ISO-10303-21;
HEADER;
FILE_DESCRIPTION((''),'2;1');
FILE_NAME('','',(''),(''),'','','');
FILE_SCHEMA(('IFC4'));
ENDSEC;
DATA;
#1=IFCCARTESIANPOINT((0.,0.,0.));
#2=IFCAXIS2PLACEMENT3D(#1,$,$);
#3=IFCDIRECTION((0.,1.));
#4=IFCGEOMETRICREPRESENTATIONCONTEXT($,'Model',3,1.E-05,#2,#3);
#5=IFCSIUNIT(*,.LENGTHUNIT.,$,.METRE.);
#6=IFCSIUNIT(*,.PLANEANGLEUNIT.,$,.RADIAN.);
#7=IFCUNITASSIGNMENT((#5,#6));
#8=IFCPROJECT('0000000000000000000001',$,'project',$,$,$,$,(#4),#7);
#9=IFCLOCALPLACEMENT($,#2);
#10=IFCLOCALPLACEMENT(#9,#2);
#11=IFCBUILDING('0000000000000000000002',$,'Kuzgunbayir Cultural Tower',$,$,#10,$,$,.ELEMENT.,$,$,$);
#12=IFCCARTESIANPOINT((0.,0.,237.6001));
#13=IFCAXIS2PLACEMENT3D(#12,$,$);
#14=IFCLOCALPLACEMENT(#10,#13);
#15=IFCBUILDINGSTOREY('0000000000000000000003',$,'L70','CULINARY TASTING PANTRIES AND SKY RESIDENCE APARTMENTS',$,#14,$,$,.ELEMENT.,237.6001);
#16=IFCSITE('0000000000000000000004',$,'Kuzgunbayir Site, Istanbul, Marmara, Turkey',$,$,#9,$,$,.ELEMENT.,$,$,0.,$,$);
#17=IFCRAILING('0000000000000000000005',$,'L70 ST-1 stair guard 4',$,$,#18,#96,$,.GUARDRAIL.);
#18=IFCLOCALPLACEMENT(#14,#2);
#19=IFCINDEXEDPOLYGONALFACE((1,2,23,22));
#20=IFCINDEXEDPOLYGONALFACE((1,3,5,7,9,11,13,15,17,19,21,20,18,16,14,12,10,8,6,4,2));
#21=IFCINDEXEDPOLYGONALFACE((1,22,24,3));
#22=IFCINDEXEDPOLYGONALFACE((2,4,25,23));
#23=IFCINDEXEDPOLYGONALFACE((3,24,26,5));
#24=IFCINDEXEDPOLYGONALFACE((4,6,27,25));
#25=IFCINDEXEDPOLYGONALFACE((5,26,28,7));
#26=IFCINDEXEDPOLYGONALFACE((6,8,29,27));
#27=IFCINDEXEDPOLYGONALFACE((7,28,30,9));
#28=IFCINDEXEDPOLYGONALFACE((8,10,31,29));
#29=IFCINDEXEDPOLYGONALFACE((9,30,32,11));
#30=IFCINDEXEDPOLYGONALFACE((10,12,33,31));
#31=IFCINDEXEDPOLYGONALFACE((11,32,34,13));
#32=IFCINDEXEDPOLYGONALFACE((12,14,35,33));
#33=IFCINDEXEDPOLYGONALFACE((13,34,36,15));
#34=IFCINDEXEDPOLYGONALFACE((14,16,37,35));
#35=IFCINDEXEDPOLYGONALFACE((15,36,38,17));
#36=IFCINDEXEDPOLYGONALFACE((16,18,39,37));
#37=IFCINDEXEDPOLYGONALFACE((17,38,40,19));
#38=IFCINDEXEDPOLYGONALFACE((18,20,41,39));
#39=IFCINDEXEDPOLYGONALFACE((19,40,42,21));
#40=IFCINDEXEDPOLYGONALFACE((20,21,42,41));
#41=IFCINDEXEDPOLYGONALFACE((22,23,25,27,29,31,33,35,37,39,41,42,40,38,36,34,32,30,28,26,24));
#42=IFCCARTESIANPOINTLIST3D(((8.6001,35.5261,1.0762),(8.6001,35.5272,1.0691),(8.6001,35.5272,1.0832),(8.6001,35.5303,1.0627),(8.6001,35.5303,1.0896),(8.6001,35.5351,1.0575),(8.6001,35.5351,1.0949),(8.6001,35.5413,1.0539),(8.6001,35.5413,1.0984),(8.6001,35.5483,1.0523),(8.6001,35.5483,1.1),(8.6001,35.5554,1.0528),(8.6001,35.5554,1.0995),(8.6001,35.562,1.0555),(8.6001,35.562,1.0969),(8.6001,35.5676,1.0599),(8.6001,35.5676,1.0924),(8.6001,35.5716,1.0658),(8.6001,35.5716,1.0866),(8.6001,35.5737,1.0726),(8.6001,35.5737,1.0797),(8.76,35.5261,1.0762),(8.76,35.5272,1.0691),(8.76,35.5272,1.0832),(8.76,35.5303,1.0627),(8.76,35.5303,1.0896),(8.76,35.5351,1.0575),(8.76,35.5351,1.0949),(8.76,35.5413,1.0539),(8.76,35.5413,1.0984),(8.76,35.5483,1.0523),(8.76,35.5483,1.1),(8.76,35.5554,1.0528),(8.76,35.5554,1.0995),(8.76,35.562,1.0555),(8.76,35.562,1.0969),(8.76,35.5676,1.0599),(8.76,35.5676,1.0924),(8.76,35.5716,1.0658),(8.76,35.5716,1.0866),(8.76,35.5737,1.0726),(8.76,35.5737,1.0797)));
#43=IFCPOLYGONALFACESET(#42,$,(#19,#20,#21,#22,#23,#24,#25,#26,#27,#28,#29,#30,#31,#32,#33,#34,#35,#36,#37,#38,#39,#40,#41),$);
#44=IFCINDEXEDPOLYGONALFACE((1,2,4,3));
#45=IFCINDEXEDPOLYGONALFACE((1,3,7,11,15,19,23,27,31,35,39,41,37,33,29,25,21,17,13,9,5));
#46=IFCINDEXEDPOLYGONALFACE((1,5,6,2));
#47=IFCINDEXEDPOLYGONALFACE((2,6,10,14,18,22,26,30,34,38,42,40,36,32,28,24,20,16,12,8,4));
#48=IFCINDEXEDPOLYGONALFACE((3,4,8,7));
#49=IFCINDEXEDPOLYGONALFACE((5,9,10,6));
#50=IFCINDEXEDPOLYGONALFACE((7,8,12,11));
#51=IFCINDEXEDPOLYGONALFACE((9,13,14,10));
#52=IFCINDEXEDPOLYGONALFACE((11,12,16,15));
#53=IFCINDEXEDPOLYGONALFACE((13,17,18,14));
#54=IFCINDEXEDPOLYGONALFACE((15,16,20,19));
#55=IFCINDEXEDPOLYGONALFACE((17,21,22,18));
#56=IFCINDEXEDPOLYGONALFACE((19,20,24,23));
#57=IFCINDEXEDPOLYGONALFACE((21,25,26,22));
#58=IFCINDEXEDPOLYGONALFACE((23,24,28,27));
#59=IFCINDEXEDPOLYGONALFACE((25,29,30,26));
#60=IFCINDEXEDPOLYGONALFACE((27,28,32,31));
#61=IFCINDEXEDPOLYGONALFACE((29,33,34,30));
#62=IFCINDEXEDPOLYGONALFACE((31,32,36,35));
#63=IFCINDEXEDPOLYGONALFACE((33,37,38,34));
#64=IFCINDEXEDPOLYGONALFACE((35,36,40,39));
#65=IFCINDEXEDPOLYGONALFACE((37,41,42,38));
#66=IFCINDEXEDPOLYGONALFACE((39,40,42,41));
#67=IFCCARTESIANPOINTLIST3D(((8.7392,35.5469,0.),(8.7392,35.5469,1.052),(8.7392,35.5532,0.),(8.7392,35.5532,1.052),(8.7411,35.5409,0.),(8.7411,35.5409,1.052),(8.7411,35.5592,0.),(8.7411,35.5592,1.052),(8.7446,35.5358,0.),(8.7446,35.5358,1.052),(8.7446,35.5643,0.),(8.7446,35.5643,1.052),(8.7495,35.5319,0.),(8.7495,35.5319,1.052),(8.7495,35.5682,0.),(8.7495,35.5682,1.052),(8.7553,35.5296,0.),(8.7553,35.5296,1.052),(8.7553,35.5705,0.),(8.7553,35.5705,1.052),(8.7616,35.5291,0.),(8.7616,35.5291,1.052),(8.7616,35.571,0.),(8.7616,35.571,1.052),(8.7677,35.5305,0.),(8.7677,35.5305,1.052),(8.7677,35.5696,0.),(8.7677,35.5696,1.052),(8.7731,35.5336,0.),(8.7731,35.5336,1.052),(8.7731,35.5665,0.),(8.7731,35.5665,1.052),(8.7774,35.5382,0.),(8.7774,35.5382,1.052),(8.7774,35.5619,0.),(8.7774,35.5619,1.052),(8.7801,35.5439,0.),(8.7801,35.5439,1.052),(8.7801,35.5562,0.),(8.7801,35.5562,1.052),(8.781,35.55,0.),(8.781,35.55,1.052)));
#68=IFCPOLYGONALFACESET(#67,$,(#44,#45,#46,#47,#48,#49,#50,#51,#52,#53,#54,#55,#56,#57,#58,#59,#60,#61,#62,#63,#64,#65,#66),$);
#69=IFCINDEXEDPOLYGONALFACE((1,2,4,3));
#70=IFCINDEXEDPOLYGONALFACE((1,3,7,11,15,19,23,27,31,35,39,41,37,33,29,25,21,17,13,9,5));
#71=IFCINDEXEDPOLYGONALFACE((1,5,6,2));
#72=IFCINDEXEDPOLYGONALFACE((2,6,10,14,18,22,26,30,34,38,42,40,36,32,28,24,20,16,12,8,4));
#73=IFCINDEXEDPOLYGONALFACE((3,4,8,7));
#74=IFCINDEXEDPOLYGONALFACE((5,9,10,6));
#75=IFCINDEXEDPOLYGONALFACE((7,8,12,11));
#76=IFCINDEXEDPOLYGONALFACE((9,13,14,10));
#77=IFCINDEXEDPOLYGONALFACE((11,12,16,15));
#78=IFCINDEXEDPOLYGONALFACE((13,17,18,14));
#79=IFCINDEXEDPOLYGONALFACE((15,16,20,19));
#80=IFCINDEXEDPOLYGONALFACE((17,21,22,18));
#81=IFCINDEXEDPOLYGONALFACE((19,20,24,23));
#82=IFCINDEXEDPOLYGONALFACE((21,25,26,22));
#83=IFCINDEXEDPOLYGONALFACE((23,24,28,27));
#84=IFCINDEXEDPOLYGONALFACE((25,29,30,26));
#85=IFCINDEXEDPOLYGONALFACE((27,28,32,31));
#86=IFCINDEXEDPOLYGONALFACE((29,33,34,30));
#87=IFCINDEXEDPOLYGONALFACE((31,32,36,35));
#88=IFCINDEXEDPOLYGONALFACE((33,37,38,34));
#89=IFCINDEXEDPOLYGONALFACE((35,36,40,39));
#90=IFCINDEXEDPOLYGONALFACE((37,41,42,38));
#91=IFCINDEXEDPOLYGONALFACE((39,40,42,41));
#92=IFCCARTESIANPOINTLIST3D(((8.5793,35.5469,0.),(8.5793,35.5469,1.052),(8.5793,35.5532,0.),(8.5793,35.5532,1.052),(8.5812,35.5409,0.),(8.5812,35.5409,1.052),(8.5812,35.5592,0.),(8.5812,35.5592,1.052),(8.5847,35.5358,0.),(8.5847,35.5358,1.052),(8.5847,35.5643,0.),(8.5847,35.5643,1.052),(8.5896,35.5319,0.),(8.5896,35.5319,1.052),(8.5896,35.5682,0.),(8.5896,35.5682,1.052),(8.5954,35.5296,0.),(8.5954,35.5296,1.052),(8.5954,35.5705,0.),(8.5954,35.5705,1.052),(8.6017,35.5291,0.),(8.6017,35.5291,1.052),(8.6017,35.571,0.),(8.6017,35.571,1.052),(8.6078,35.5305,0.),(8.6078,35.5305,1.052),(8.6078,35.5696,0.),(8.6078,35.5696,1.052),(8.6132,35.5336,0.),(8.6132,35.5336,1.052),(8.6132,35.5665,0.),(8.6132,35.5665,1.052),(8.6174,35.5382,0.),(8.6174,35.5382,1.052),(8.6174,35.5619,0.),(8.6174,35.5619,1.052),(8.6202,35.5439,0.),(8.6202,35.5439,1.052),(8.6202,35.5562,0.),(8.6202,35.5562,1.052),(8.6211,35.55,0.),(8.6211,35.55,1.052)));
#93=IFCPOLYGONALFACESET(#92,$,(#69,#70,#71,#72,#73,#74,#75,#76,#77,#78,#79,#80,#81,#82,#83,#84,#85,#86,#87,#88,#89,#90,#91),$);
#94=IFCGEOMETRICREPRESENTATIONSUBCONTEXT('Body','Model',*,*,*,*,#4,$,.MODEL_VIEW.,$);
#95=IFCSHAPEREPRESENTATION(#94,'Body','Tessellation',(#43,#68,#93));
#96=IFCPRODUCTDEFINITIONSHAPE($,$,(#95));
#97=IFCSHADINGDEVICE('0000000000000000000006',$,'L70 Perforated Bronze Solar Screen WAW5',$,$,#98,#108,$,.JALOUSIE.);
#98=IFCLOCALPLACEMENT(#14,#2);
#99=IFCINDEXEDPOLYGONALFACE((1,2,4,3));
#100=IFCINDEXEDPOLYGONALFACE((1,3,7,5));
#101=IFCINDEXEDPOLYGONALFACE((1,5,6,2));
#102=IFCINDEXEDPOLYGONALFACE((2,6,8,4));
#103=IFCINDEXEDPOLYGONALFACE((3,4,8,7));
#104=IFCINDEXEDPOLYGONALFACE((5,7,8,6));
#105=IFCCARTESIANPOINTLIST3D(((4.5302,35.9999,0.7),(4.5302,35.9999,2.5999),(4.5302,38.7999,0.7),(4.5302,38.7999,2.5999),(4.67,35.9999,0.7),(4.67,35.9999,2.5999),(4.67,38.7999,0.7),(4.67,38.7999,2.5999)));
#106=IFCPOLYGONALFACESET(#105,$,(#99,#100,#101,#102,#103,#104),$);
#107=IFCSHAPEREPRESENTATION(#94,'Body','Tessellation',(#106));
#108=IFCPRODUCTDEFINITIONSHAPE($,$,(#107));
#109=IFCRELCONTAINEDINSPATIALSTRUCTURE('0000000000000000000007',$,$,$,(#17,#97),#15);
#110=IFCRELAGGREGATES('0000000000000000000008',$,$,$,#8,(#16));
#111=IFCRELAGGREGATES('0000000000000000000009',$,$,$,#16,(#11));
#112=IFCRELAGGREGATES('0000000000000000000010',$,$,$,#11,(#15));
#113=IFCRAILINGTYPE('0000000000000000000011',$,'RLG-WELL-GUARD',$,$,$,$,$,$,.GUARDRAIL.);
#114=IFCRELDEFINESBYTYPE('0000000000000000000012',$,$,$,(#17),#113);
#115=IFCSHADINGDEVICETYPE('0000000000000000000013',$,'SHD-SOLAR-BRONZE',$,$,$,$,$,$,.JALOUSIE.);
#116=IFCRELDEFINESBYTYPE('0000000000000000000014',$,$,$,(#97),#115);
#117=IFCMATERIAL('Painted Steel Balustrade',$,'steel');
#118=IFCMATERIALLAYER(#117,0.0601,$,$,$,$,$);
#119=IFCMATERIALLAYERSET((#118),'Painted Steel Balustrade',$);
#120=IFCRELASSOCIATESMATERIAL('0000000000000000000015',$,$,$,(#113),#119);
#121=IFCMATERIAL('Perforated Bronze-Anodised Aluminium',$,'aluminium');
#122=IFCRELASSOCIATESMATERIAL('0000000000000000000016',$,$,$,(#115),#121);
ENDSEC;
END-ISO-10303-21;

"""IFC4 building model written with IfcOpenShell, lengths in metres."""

from ifc_helpers import new_model, si_unit, direction, frame, origin, origin_2d, place, context, subcontext, project, spatial, rectangle, circle, extrude, material, layer, layer_set, type_object, element, save


model = new_model("IFC4")

# Units and contexts
model_context = context("Model", 3, precision=1e-05, world=origin(), true_north=direction((0.0, 1.0)))
body_context = subcontext(model_context, "Body", "Model", "MODEL_VIEW")
ifc_project = project(units=[si_unit("LENGTHUNIT", "METRE"), si_unit("PLANEANGLEUNIT", "RADIAN")], contexts=[model_context])

# Site, building, storey
site_placement = place(None, origin())
site = spatial("IfcSite", under=ifc_project, at=site_placement, Name="Kuzgunbayir Site, Istanbul, Marmara, Turkey", CompositionType="ELEMENT", RefElevation=0.0)
building_placement = place(site_placement, origin())
building = spatial("IfcBuilding", under=site, at=building_placement, Name="Kuzgunbayir Cultural Tower", CompositionType="ELEMENT")
storey_placement = place(building_placement, frame((0.0, 0.0, 237.6001)))
storey = spatial("IfcBuildingStorey", under=building, at=storey_placement, Name="L70", Description="CULINARY TASTING PANTRIES AND SKY RESIDENCE APARTMENTS", CompositionType="ELEMENT", Elevation=237.6001)

# Railing
ifc_material_1 = material(Name="Painted Steel Balustrade", Category="steel")
ifc_layer_1 = layer(ifc_material_1, 0.0601)
ifc_layer_set_1 = layer_set([ifc_layer_1], Name="Painted Steel Balustrade")
railing_type_1 = type_object("IfcRailingType", Name="RLG-WELL-GUARD", PredefinedType="GUARDRAIL", material=ifc_layer_set_1)
railing_1_placement = place(storey_placement, frame((8.76, 35.55, 0.0)))
element("IfcRailing", 1, at=railing_1_placement, inside=storey, type_object=railing_type_1, Name="L70 ST-1 stair guard 4", PredefinedType="GUARDRAIL", context=body_context, shape_type="SweptSolid", body=[
    extrude(circle(Radius=0.0239, at=origin_2d()), frame((0.0, 0.0, 1.0762), z_axis=(-1.0, 0.0, 0.0), x_axis=(0.0, -1.0, 0.0)), (0.0, 0.0, 1.0), 0.1599),
    extrude(circle(Radius=0.021, at=origin_2d()), origin(), (0.0, 0.0, 1.0), 1.052),
    extrude(circle(Radius=0.021, at=origin_2d()), frame((-0.1599, 0.0, 0.0)), (0.0, 0.0, 1.0), 1.052),
])

# Shading device
ifc_material_2 = material(Name="Perforated Bronze-Anodised Aluminium", Category="aluminium")
shading_device_type = type_object("IfcShadingDeviceType", Name="SHD-SOLAR-BRONZE", PredefinedType="JALOUSIE", material=ifc_material_2)
shading_device_placement = place(storey_placement, frame((4.6001, 37.3999, 0.7), z_axis=(0.0, 0.0, 1.0), x_axis=(1.0, 0.0, 0.0)))
element("IfcShadingDevice", 2, at=shading_device_placement, inside=storey, type_object=shading_device_type, Name="L70 Perforated Bronze Solar Screen WAW5", PredefinedType="JALOUSIE", context=body_context, shape_type="SweptSolid", body=[
    extrude(rectangle(XDim=0.1399, YDim=2.8, at=origin_2d()), origin(), (0.0, 0.0, 1.0), 1.8999),
])

save(model, "model.ifc")
